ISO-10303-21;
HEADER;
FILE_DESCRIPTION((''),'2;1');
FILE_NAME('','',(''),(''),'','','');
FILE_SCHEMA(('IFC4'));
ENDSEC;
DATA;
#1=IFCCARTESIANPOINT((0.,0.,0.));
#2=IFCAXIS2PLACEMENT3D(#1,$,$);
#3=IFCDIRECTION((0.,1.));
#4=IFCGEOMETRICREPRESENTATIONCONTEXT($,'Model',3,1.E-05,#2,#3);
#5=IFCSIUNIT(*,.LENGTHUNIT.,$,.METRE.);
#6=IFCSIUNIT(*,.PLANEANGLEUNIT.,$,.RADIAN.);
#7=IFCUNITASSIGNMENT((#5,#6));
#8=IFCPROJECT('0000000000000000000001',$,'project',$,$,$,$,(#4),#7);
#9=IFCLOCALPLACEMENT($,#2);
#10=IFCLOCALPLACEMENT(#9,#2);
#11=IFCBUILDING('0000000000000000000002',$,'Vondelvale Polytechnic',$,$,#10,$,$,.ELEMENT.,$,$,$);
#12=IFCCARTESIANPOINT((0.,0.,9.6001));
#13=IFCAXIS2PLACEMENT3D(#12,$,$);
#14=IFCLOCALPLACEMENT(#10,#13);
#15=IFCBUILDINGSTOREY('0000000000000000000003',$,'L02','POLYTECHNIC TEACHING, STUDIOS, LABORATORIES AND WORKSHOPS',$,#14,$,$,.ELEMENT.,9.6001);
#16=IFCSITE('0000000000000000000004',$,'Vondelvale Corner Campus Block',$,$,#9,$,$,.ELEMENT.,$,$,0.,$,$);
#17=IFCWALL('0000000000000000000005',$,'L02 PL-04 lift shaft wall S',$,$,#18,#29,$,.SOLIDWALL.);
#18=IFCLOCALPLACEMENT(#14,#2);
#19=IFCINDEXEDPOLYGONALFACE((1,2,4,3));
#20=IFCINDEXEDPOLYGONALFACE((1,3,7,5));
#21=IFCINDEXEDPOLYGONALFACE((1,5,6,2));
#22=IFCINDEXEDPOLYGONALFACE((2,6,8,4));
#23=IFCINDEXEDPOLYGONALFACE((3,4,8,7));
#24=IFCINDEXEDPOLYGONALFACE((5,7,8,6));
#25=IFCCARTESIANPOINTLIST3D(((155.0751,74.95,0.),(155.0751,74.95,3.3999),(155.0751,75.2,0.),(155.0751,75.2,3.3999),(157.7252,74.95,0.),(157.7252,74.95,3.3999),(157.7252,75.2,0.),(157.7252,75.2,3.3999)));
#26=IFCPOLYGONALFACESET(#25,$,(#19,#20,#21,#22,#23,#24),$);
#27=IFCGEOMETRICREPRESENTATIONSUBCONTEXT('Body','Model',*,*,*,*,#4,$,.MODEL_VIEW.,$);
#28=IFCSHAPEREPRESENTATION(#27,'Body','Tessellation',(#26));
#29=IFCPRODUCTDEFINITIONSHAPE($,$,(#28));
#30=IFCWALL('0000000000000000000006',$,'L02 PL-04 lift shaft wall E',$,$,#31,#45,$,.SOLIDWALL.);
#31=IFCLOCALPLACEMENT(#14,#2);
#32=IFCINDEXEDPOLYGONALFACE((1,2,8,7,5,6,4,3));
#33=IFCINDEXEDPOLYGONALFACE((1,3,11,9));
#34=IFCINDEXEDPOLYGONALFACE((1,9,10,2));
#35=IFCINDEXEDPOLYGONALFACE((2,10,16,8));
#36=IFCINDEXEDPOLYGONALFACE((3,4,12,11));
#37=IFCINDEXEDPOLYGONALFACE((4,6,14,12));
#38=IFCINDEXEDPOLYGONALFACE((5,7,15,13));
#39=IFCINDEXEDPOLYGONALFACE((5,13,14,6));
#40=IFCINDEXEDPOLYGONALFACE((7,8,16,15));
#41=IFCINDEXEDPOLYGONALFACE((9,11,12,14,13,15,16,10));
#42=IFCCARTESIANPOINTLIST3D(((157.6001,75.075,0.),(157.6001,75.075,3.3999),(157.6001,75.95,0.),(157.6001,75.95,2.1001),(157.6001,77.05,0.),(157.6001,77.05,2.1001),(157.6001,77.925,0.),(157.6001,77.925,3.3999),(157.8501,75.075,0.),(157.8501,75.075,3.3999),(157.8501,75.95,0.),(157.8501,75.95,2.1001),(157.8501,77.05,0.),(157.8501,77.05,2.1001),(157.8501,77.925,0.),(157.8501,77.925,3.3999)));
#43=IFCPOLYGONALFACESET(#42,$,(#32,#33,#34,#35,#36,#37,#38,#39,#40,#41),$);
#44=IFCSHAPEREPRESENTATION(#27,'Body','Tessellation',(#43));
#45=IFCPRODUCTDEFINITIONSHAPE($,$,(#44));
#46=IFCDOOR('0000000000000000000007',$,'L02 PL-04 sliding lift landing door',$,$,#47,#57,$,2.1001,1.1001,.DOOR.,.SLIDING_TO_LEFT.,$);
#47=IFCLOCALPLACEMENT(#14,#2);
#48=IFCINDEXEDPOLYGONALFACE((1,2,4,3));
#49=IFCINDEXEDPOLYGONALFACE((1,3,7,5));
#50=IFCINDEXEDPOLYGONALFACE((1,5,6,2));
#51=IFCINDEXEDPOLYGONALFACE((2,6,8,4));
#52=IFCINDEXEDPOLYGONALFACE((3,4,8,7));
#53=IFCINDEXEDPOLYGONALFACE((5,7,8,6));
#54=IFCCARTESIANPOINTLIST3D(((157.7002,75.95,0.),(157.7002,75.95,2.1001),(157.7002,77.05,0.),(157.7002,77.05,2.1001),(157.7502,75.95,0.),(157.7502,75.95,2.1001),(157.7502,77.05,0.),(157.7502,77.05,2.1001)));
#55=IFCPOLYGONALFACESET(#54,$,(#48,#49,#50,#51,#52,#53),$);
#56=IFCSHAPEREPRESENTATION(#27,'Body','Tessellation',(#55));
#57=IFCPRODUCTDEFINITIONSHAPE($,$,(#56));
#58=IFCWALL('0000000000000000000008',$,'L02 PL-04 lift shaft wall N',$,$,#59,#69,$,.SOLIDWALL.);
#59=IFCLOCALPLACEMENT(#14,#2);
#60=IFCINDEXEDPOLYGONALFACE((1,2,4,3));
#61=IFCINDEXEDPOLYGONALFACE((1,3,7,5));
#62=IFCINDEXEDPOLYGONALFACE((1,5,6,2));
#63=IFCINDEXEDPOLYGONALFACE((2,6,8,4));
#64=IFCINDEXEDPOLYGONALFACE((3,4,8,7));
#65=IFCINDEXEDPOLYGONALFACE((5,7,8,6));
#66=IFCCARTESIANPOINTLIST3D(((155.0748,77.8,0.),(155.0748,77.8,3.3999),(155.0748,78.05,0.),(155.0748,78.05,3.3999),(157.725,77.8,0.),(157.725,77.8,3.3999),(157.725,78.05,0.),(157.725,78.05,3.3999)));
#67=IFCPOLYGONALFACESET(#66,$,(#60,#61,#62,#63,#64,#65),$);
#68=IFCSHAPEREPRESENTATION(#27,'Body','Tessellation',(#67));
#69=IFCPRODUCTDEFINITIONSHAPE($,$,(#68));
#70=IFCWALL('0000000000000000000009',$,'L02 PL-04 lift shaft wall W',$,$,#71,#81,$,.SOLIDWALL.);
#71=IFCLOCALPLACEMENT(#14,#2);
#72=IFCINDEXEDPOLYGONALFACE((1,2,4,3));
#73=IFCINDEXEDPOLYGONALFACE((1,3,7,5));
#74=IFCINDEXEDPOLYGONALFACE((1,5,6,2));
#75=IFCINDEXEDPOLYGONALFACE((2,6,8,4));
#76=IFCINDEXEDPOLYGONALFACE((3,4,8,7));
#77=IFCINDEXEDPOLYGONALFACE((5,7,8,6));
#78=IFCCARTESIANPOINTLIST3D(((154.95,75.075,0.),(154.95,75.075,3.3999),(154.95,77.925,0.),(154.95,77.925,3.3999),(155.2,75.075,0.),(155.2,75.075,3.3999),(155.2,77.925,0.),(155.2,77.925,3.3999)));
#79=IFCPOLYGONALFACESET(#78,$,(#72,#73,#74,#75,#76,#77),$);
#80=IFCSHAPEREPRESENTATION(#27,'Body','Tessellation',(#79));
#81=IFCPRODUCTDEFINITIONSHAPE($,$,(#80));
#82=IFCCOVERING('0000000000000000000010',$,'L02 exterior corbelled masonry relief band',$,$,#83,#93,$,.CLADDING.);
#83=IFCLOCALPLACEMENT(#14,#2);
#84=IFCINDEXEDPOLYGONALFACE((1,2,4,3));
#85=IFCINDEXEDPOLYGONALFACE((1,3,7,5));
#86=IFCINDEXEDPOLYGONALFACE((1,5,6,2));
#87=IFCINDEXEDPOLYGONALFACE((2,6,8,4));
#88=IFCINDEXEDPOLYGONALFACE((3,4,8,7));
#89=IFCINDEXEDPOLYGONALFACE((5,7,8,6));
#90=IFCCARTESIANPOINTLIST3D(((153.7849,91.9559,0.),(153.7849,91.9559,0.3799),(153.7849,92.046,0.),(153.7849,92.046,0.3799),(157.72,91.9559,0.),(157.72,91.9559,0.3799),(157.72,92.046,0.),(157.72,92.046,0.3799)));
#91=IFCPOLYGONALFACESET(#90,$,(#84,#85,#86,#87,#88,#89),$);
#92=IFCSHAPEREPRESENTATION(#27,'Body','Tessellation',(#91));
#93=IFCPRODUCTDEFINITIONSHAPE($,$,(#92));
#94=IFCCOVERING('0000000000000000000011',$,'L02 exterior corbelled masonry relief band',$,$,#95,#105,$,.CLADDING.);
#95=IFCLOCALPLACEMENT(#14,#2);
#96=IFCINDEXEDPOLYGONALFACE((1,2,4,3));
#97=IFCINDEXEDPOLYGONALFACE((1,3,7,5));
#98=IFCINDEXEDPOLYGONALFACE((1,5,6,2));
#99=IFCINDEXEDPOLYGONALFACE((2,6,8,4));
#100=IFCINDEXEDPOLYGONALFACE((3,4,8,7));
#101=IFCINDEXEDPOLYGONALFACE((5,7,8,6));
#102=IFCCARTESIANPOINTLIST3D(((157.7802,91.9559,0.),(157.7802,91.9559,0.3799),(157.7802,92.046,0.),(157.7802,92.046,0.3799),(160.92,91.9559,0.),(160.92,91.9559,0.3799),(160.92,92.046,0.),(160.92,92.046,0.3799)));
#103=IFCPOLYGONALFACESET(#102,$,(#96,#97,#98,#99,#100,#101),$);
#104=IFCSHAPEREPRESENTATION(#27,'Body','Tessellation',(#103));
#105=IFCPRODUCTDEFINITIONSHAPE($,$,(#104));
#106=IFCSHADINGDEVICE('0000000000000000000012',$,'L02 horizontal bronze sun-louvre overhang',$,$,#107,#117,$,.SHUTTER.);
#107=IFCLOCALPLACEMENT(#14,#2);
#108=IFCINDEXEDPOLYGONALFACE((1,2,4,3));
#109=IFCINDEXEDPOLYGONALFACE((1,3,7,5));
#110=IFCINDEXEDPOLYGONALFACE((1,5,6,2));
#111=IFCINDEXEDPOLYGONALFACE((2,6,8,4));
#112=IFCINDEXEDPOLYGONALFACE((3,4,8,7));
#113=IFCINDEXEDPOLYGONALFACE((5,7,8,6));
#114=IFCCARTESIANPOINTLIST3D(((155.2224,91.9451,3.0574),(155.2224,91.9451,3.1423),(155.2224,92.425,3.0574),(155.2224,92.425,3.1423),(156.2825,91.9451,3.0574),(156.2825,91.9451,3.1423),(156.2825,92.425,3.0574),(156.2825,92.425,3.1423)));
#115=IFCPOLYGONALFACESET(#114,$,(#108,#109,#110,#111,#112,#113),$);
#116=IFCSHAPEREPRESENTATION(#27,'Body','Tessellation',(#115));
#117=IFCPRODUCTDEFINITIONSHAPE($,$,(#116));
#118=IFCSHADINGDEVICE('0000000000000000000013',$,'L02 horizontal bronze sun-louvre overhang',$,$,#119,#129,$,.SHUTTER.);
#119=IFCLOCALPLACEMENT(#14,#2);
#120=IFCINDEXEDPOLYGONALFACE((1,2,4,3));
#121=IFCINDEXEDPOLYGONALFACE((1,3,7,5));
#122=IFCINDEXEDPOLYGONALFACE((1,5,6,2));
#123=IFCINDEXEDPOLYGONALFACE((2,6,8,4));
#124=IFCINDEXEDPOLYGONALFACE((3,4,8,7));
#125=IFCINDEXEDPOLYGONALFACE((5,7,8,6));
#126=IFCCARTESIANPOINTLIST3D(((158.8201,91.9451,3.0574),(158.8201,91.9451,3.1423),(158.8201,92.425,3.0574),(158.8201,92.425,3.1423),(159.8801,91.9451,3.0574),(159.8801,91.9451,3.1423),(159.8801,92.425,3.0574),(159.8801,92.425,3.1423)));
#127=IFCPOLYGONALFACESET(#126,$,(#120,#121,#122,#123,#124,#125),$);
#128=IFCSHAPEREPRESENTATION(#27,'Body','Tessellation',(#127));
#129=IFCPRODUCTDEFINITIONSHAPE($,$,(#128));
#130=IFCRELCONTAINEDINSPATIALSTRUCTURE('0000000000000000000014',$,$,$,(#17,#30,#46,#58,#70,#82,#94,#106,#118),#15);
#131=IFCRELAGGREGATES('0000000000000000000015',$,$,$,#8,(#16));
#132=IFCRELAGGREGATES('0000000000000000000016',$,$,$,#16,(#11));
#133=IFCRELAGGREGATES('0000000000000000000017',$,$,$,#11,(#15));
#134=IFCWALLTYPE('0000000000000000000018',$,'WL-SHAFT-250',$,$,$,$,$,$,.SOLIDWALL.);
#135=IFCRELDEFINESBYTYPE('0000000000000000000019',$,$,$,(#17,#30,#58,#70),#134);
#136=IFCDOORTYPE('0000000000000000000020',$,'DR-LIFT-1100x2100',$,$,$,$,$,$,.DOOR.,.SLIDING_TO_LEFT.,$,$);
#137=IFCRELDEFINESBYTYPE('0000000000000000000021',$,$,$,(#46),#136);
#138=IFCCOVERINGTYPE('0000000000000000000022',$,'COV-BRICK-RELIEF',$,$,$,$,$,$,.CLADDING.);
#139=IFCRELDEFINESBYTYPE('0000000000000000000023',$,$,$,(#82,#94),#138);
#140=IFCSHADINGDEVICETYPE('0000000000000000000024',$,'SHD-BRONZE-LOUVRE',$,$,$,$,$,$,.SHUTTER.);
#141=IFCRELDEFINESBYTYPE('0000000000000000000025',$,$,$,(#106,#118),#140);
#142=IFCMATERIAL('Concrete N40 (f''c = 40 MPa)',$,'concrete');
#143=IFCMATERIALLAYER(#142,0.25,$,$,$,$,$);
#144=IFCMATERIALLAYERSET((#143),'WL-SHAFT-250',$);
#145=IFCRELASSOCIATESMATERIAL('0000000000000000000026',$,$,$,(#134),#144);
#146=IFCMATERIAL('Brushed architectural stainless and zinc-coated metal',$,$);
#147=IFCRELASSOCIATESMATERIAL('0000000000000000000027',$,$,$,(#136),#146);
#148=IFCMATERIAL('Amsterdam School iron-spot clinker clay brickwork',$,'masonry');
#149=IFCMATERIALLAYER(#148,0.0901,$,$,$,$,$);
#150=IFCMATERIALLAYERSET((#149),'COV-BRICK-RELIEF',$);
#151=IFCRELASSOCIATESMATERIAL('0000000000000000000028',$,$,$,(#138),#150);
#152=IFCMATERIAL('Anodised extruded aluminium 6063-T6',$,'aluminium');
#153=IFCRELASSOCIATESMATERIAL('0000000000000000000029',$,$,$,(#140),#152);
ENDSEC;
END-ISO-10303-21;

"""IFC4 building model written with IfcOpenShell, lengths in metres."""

from ifc_helpers import new_model, si_unit, direction, frame, frame_2d, origin, origin_2d, place, context, subcontext, project, spatial, rectangle, extrude, material, layer, layer_set, type_object, element, fill, save


model = new_model("IFC4")

# Units and contexts
model_context = context("Model", 3, precision=1e-05, world=origin(), true_north=direction((0.0, 1.0)))
body_context = subcontext(model_context, "Body", "Model", "MODEL_VIEW")
ifc_project = project(units=[si_unit("LENGTHUNIT", "METRE"), si_unit("PLANEANGLEUNIT", "RADIAN")], contexts=[model_context])

# Site, building, storey
site_placement = place(None, origin())
site = spatial("IfcSite", under=ifc_project, at=site_placement, Name="Vondelvale Corner Campus Block", CompositionType="ELEMENT", RefElevation=0.0)
building_placement = place(site_placement, origin())
building = spatial("IfcBuilding", under=site, at=building_placement, Name="Vondelvale Polytechnic", CompositionType="ELEMENT")
storey_placement = place(building_placement, frame((0.0, 0.0, 9.6001)))
storey = spatial("IfcBuildingStorey", under=building, at=storey_placement, Name="L02", Description="POLYTECHNIC TEACHING, STUDIOS, LABORATORIES AND WORKSHOPS", CompositionType="ELEMENT", Elevation=9.6001)

# Shared definitions
ifc_material_1 = material(Name="Amsterdam School iron-spot clinker clay brickwork", Category="masonry")

# Wall
ifc_material_2 = material(Name="Concrete N40 (f'c = 40 MPa)", Category="concrete")
ifc_layer_1 = layer(ifc_material_2, 0.25)
ifc_layer_set_1 = layer_set([ifc_layer_1], Name="WL-SHAFT-250")
wall_type_1 = type_object("IfcWallType", Name="WL-SHAFT-250", PredefinedType="SOLIDWALL", material=ifc_layer_set_1)
wall_1_placement = place(storey_placement, frame((155.075, 75.075, 0.0), z_axis=(0.0, 0.0, 1.0), x_axis=(1.0, 0.0, 0.0)))
element("IfcWall", 1, at=wall_1_placement, inside=storey, type_object=wall_type_1, Name="L02 PL-04 lift shaft wall S", PredefinedType="SOLIDWALL", context=body_context, shape_type="SweptSolid", body=[
    extrude(rectangle(XDim=2.6501, YDim=0.25, at=frame_2d((1.3252, 0.0))), origin(), (0.0, 0.0, 1.0), 3.3999),
])

# Wall, opening, door
wall_2_placement = place(storey_placement, frame((157.7251, 75.075, 0.0), z_axis=(0.0, 0.0, 1.0), x_axis=(0.0, 1.0, 0.0)))
wall_2 = element("IfcWall", 2, at=wall_2_placement, inside=storey, type_object=wall_type_1, Name="L02 PL-04 lift shaft wall E", PredefinedType="SOLIDWALL", context=body_context, shape_type="SweptSolid", body=[
    extrude(rectangle(XDim=2.8501, YDim=0.25, at=frame_2d((1.425, 0.0))), origin(), (0.0, 0.0, 1.0), 3.3999),
])
opening_1_placement = place(wall_2_placement, frame((0.875, 0.0, 0.0)))
opening_1 = element("IfcOpeningElement", 3, at=opening_1_placement, cuts=wall_2, PredefinedType="OPENING", context=body_context, shape_type="SweptSolid", body=[
    extrude(rectangle(XDim=1.1001, YDim=2.1001, at=frame_2d((0.55, 1.05))), frame((0.0, 0.135, 0.0), z_axis=(0.0, -1.0, 0.0), x_axis=(1.0, 0.0, 0.0)), (0.0, 0.0, 1.0), 0.27),
])
ifc_material_3 = material(Name="Brushed architectural stainless and zinc-coated metal")
door_type_1 = type_object("IfcDoorType", Name="DR-LIFT-1100x2100", OperationType="SLIDING_TO_LEFT", PredefinedType="DOOR", material=ifc_material_3)
door_1_placement = place(opening_1_placement, origin())
door_1 = element("IfcDoor", 4, at=door_1_placement, inside=storey, type_object=door_type_1, Name="L02 PL-04 sliding lift landing door", OperationType="SLIDING_TO_LEFT", OverallHeight=2.1001, OverallWidth=1.1001, PredefinedType="DOOR", context=body_context, shape_type="SweptSolid", body=[
    extrude(rectangle(XDim=1.1001, YDim=2.1001, at=frame_2d((0.55, 1.05))), frame((0.0, 0.0249, 0.0), z_axis=(0.0, -1.0, 0.0), x_axis=(1.0, 0.0, 0.0)), (0.0, 0.0, 1.0), 0.05),
])
fill(opening_1, door_1)

# Walls
wall_3_placement = place(storey_placement, frame((157.7251, 77.925, 0.0), z_axis=(0.0, 0.0, 1.0), x_axis=(-1.0, 0.0, 0.0)))
element("IfcWall", 5, at=wall_3_placement, inside=storey, type_object=wall_type_1, Name="L02 PL-04 lift shaft wall N", PredefinedType="SOLIDWALL", context=body_context, shape_type="SweptSolid", body=[
    extrude(rectangle(XDim=2.6501, YDim=0.25, at=frame_2d((1.3252, 0.0))), origin(), (0.0, 0.0, 1.0), 3.3999),
])
wall_4_placement = place(storey_placement, frame((155.075, 77.925, 0.0), z_axis=(0.0, 0.0, 1.0), x_axis=(0.0, -1.0, 0.0)))
element("IfcWall", 6, at=wall_4_placement, inside=storey, type_object=wall_type_1, Name="L02 PL-04 lift shaft wall W", PredefinedType="SOLIDWALL", context=body_context, shape_type="SweptSolid", body=[
    extrude(rectangle(XDim=2.8501, YDim=0.25, at=frame_2d((1.425, 0.0))), origin(), (0.0, 0.0, 1.0), 3.3999),
])

# Coverings
ifc_layer_2 = layer(ifc_material_1, 0.0901)
ifc_layer_set_2 = layer_set([ifc_layer_2], Name="COV-BRICK-RELIEF")
covering_type = type_object("IfcCoveringType", Name="COV-BRICK-RELIEF", PredefinedType="CLADDING", material=ifc_layer_set_2)
covering_1_placement = place(storey_placement, frame((155.7524, 92.001, 0.0), z_axis=(0.0, 0.0, 1.0), x_axis=(1.0, 0.0, 0.0)))
element("IfcCovering", 7, at=covering_1_placement, inside=storey, type_object=covering_type, Name="L02 exterior corbelled masonry relief band", PredefinedType="CLADDING", context=body_context, shape_type="SweptSolid", body=[
    extrude(rectangle(XDim=3.9351, YDim=0.0901, at=origin_2d()), origin(), (0.0, 0.0, 1.0), 0.3799),
])
covering_2_placement = place(storey_placement, frame((159.3501, 92.001, 0.0), z_axis=(0.0, 0.0, 1.0), x_axis=(1.0, 0.0, 0.0)))
element("IfcCovering", 8, at=covering_2_placement, inside=storey, type_object=covering_type, Name="L02 exterior corbelled masonry relief band", PredefinedType="CLADDING", context=body_context, shape_type="SweptSolid", body=[
    extrude(rectangle(XDim=3.1399, YDim=0.0901, at=origin_2d()), origin(), (0.0, 0.0, 1.0), 0.3799),
])

# Shading devices
ifc_material_4 = material(Name="Anodised extruded aluminium 6063-T6", Category="aluminium")
shading_device_type = type_object("IfcShadingDeviceType", Name="SHD-BRONZE-LOUVRE", PredefinedType="SHUTTER", material=ifc_material_4)
for number, where, z_axis, x_axis, name in (
    (9, (155.7524, 92.1851, 3.0574), (0.0, 0.0, 1.0), (1.0, 0.0, 0.0), "L02 horizontal bronze sun-louvre overhang"),
    (10, (159.3501, 92.1851, 3.0574), (0.0, 0.0, 1.0), (1.0, 0.0, 0.0), "L02 horizontal bronze sun-louvre overhang"),
):
    element("IfcShadingDevice", number, at=place(storey_placement, frame(where, z_axis=z_axis, x_axis=x_axis)), inside=storey, type_object=shading_device_type, Name=name, PredefinedType="SHUTTER", context=body_context, shape_type="SweptSolid", body=[
        extrude(rectangle(XDim=1.0601, YDim=0.48, at=origin_2d()), origin(), (0.0, 0.0, 1.0), 0.085),
    ])

save(model, "model.ifc")
